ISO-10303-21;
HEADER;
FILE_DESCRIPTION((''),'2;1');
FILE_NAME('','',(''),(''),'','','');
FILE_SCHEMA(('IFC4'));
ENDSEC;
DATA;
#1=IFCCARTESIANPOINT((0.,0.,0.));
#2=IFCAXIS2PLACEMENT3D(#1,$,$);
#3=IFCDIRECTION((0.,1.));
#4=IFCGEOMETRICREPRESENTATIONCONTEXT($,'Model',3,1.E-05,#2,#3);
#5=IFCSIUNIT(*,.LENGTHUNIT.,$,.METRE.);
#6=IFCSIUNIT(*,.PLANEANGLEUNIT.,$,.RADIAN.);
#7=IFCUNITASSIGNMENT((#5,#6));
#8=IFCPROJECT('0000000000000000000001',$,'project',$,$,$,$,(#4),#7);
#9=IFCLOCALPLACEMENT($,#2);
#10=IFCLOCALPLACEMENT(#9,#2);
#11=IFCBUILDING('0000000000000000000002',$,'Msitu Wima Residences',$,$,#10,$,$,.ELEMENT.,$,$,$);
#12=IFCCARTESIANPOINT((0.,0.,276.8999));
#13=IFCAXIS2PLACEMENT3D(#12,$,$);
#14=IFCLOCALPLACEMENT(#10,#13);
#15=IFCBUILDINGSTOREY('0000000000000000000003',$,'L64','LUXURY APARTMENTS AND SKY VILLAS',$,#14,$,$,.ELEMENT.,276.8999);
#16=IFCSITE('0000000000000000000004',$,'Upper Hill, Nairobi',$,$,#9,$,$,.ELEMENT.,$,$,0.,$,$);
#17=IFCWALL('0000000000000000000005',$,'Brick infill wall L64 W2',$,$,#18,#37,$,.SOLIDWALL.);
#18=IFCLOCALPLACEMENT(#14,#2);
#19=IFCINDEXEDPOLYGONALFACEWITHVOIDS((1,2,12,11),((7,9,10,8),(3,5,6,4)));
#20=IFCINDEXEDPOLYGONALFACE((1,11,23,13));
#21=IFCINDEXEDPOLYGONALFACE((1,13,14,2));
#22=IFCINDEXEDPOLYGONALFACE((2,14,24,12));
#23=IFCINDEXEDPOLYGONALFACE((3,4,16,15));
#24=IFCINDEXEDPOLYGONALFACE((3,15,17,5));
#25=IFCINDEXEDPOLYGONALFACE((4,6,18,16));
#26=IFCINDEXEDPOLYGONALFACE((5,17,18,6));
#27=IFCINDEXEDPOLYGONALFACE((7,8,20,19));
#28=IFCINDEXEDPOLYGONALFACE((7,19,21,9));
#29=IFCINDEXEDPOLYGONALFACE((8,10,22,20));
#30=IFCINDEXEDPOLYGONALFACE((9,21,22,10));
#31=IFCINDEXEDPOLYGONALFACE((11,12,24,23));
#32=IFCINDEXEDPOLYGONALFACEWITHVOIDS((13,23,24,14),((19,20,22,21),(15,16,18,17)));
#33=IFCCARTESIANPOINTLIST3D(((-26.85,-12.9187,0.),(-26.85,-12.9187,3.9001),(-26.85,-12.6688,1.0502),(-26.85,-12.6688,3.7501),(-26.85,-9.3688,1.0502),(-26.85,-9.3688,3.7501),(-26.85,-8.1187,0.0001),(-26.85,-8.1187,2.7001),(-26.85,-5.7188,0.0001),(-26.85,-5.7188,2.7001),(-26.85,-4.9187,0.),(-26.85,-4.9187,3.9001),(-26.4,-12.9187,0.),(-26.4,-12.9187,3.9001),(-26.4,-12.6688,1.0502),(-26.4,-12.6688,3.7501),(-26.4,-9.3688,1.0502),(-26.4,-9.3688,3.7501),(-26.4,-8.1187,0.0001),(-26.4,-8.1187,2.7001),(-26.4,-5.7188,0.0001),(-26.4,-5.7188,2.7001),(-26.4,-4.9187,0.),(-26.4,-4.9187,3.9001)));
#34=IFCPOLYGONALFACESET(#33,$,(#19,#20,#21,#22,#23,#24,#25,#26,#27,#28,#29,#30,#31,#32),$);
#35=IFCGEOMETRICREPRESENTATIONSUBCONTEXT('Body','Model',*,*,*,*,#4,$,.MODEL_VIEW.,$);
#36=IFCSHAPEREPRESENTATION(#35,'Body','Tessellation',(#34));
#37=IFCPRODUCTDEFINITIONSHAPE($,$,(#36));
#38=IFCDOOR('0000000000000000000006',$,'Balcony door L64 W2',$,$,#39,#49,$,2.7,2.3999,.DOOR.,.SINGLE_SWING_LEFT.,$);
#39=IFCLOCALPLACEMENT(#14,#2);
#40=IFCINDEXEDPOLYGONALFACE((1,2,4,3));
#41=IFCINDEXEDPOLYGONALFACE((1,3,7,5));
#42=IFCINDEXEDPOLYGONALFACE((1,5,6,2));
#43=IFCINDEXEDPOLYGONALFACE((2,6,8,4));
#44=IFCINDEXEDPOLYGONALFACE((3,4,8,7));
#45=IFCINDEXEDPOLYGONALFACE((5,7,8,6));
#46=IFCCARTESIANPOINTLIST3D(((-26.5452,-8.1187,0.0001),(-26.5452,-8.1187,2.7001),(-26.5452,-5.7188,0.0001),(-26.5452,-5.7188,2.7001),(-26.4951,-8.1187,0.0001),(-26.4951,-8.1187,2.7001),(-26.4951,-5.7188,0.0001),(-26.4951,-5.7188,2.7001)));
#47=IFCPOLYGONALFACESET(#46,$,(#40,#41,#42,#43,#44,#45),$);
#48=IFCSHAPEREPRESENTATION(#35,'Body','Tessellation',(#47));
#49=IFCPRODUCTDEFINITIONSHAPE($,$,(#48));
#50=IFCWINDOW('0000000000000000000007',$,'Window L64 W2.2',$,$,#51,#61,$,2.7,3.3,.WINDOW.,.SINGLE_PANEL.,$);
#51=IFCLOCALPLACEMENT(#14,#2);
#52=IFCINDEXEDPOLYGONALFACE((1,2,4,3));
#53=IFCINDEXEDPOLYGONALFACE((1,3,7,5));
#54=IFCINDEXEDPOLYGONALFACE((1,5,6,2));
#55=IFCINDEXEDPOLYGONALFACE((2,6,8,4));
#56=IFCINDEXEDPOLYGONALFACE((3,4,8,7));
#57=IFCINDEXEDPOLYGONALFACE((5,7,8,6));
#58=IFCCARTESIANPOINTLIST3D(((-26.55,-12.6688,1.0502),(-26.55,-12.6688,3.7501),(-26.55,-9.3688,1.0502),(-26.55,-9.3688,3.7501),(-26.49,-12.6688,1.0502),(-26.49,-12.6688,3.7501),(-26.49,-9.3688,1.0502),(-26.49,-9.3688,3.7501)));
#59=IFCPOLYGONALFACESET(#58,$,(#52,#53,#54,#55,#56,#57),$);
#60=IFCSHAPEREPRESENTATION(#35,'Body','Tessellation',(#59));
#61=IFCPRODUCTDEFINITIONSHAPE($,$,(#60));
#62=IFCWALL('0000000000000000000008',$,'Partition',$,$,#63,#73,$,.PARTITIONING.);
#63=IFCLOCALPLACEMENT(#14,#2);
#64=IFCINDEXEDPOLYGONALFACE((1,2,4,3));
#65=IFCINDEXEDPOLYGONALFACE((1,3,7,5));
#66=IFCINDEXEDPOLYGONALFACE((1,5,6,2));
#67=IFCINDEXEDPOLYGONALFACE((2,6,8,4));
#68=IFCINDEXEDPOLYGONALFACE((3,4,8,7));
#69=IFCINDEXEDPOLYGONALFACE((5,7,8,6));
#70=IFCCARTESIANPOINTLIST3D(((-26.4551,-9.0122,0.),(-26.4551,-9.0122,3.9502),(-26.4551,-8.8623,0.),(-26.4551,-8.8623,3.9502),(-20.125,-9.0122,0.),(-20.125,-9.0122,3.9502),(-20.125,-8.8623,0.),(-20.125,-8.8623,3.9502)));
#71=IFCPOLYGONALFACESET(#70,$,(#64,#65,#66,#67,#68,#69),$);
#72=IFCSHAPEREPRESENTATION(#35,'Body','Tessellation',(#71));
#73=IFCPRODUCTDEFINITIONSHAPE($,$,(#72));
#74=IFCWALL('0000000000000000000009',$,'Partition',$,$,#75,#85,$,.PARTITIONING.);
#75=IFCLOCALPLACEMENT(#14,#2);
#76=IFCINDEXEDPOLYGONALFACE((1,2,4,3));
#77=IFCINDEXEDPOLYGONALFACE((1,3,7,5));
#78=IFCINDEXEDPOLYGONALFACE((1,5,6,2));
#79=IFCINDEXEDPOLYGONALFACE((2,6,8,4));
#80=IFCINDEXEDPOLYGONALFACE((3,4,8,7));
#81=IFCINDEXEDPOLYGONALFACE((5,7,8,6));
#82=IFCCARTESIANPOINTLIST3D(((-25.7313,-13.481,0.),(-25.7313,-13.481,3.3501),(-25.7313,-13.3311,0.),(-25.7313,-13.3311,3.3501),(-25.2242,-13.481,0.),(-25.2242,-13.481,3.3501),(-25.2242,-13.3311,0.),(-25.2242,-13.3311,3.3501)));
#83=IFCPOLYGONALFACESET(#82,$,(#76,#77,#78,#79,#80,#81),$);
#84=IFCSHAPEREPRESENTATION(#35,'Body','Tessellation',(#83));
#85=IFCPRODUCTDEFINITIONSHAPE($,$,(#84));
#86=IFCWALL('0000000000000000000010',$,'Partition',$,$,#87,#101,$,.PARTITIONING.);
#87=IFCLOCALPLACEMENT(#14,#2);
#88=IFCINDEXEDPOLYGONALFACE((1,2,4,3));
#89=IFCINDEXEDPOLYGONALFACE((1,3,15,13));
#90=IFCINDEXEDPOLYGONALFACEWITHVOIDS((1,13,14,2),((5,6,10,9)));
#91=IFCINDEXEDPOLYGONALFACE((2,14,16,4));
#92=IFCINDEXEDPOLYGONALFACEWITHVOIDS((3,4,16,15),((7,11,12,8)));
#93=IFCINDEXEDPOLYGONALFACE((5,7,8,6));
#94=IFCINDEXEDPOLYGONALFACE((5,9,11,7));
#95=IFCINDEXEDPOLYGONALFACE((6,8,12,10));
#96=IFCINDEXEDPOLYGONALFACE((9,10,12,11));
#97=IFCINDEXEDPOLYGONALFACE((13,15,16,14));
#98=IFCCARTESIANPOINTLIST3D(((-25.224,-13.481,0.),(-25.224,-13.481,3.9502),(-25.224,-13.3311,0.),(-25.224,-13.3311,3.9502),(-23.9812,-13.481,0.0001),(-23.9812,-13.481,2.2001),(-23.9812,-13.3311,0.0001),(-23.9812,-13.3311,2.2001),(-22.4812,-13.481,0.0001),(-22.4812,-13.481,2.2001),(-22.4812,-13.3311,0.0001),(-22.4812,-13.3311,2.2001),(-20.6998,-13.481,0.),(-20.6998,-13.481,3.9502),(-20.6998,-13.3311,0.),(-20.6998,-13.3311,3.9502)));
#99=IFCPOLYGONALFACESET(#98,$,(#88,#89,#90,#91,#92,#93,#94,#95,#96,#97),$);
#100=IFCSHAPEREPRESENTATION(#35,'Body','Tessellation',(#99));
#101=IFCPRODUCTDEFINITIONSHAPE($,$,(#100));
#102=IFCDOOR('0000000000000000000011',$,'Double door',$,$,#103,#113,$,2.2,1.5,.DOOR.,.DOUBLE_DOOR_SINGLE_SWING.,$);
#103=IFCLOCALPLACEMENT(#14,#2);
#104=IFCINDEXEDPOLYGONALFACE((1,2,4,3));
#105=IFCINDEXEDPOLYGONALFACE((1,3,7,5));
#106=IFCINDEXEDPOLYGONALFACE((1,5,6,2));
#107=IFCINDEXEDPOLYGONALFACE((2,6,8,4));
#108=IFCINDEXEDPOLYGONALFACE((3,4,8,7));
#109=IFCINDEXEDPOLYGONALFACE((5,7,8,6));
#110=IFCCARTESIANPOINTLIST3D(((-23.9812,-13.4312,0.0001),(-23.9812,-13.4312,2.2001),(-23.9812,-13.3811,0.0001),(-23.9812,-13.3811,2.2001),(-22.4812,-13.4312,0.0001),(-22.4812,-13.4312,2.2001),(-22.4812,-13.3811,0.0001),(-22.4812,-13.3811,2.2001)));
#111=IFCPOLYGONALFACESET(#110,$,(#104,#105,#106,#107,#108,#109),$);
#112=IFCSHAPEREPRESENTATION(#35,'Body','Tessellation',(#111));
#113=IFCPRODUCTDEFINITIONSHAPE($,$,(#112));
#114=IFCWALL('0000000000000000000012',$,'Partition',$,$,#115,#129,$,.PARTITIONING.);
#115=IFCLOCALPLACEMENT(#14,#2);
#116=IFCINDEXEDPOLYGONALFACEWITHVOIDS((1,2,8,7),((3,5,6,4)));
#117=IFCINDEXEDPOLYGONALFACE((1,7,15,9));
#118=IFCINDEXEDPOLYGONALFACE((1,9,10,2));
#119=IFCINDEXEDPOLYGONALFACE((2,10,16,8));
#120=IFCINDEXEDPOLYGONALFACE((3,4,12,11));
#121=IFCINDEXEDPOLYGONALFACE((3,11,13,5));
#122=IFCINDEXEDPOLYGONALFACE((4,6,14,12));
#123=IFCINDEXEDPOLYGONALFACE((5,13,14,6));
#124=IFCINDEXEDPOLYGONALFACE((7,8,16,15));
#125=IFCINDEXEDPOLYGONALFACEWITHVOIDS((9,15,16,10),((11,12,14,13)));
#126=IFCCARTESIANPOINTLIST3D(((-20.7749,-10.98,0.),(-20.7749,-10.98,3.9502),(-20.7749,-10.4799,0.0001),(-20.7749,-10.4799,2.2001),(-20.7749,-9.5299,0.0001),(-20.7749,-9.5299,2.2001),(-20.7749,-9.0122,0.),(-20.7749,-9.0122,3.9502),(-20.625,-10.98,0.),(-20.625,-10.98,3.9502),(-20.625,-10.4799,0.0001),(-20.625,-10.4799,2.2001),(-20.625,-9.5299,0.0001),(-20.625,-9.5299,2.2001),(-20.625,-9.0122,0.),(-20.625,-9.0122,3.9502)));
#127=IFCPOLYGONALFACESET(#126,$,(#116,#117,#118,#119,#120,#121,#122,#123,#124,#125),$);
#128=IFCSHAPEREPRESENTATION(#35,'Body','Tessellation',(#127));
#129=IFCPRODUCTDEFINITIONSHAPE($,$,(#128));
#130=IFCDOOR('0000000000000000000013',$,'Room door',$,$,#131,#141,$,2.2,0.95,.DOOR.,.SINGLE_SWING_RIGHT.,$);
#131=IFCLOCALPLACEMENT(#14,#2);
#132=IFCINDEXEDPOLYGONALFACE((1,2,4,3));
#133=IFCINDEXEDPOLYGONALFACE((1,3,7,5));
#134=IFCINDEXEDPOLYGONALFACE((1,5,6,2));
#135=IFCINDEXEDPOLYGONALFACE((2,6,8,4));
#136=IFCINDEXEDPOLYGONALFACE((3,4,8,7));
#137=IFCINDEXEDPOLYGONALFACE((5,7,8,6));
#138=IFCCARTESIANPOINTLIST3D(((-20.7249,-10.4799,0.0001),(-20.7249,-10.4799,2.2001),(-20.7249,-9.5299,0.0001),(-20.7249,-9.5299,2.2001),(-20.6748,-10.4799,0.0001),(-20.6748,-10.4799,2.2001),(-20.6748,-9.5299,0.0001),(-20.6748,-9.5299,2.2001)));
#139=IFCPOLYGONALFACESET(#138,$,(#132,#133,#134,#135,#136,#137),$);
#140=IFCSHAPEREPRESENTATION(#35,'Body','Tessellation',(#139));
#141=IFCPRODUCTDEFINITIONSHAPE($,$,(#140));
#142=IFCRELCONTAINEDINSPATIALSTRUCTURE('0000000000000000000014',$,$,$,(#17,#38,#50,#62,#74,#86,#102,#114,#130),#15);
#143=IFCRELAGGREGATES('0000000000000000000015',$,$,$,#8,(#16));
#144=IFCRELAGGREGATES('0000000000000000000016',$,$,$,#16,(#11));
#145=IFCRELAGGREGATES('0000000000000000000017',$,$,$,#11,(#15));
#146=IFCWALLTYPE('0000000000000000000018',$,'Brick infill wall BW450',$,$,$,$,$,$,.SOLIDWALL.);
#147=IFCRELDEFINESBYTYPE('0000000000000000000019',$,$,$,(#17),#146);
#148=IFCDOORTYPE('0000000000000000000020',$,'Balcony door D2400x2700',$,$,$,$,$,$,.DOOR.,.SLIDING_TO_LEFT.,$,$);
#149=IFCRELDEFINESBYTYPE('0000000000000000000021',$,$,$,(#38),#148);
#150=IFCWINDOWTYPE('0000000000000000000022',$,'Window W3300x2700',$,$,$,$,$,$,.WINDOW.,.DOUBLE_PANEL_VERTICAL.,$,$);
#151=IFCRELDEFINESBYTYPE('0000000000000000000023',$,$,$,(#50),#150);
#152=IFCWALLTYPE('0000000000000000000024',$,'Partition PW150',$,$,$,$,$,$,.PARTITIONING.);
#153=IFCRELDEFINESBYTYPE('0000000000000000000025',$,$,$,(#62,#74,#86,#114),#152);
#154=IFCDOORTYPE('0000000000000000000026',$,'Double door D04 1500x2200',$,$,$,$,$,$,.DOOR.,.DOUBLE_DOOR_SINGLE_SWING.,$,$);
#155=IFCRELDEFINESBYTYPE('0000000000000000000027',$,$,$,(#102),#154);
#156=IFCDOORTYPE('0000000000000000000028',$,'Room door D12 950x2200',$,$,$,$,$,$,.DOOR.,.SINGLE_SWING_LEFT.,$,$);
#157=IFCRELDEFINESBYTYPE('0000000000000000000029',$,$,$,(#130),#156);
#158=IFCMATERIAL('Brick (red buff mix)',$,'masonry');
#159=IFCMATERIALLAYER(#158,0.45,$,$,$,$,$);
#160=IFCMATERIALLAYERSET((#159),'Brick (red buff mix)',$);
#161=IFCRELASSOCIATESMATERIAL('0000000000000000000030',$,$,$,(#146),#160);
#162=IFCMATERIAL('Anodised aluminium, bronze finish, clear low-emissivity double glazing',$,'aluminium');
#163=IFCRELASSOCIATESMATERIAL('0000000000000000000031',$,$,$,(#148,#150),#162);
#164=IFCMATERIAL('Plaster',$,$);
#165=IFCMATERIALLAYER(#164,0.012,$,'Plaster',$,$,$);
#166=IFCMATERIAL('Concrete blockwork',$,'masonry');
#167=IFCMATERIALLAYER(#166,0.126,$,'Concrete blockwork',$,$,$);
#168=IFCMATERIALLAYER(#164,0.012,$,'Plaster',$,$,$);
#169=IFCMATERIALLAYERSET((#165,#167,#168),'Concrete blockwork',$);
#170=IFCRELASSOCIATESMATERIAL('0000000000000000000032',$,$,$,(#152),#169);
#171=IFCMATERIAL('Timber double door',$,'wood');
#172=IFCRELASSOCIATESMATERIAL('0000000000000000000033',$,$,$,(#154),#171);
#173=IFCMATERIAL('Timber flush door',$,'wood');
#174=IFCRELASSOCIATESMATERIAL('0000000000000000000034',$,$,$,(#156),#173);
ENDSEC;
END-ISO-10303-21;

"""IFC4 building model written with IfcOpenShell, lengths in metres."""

from ifc_helpers import new_model, si_unit, direction, frame, frame_2d, origin, place, context, subcontext, project, spatial, rectangle, extrude, material, layer, layer_set, type_object, element, fill, save


model = new_model("IFC4")

# Units and contexts
model_context = context("Model", 3, precision=1e-05, world=origin(), true_north=direction((0.0, 1.0)))
body_context = subcontext(model_context, "Body", "Model", "MODEL_VIEW")
ifc_project = project(units=[si_unit("LENGTHUNIT", "METRE"), si_unit("PLANEANGLEUNIT", "RADIAN")], contexts=[model_context])

# Site, building, storey
site_placement = place(None, origin())
site = spatial("IfcSite", under=ifc_project, at=site_placement, Name="Upper Hill, Nairobi", CompositionType="ELEMENT", RefElevation=0.0)
building_placement = place(site_placement, origin())
building = spatial("IfcBuilding", under=site, at=building_placement, Name="Msitu Wima Residences", CompositionType="ELEMENT")
storey_placement = place(building_placement, frame((0.0, 0.0, 276.8999)))
storey = spatial("IfcBuildingStorey", under=building, at=storey_placement, Name="L64", Description="LUXURY APARTMENTS AND SKY VILLAS", CompositionType="ELEMENT", Elevation=276.8999)

# Wall, openings, door, window
ifc_material_1 = material(Name="Brick (red buff mix)", Category="masonry")
ifc_layer_1 = layer(ifc_material_1, 0.45)
ifc_layer_set_1 = layer_set([ifc_layer_1], Name="Brick (red buff mix)")
wall_type_1 = type_object("IfcWallType", Name="Brick infill wall BW450", PredefinedType="SOLIDWALL", material=ifc_layer_set_1)
wall_1_placement = place(storey_placement, frame((-26.625, -4.9187, 0.0), z_axis=(0.0, 0.0, 1.0), x_axis=(0.0, -1.0, 0.0)))
wall_1 = element("IfcWall", 1, at=wall_1_placement, inside=storey, type_object=wall_type_1, Name="Brick infill wall L64 W2", PredefinedType="SOLIDWALL", context=body_context, shape_type="SweptSolid", body=[
    extrude(rectangle(XDim=8.0, YDim=0.45, at=frame_2d((4.0, 0.0))), origin(), (0.0, 0.0, 1.0), 3.9001),
])
opening_1_placement = place(wall_1_placement, frame((0.8, 0.0, 0.0)))
opening_1 = element("IfcOpeningElement", 2, at=opening_1_placement, cuts=wall_1, PredefinedType="OPENING", context=body_context, shape_type="SweptSolid", body=[
    extrude(rectangle(XDim=2.3999, YDim=2.7, at=frame_2d((1.2, 1.3501))), frame((0.0, 0.2349, 0.0), z_axis=(0.0, -1.0, 0.0), x_axis=(1.0, 0.0, 0.0)), (0.0, 0.0, 1.0), 0.47),
])
opening_2_placement = place(wall_1_placement, frame((4.4502, 0.0, 1.05)))
opening_2 = element("IfcOpeningElement", 3, at=opening_2_placement, cuts=wall_1, PredefinedType="OPENING", context=body_context, shape_type="SweptSolid", body=[
    extrude(rectangle(XDim=3.3, YDim=2.7, at=frame_2d((1.6499, 1.3501))), frame((0.0, 0.2349, 0.0), z_axis=(0.0, -1.0, 0.0), x_axis=(1.0, 0.0, 0.0)), (0.0, 0.0, 1.0), 0.47),
])
ifc_material_2 = material(Name="Anodised aluminium, bronze finish, clear low-emissivity double glazing", Category="aluminium")
door_type_1 = type_object("IfcDoorType", Name="Balcony door D2400x2700", OperationType="SLIDING_TO_LEFT", PredefinedType="DOOR", material=ifc_material_2)
door_1_placement = place(opening_1_placement, origin())
door_1 = element("IfcDoor", 4, at=door_1_placement, inside=storey, type_object=door_type_1, Name="Balcony door L64 W2", OperationType="SINGLE_SWING_LEFT", OverallHeight=2.7, OverallWidth=2.3999, PredefinedType="DOOR", context=body_context, shape_type="SweptSolid", body=[
    extrude(rectangle(XDim=2.3999, YDim=2.7, at=frame_2d((1.2, 1.3501))), frame((0.0, 0.1299, 0.0), z_axis=(0.0, -1.0, 0.0), x_axis=(1.0, 0.0, 0.0)), (0.0, 0.0, 1.0), 0.05),
])
fill(opening_1, door_1)
window_type = type_object("IfcWindowType", Name="Window W3300x2700", PartitioningType="DOUBLE_PANEL_VERTICAL", PredefinedType="WINDOW", material=ifc_material_2)
window_placement = place(opening_2_placement, origin())
window = element("IfcWindow", 5, at=window_placement, inside=storey, type_object=window_type, Name="Window L64 W2.2", OverallHeight=2.7, OverallWidth=3.3, PartitioningType="SINGLE_PANEL", PredefinedType="WINDOW", context=body_context, shape_type="SweptSolid", body=[
    extrude(rectangle(XDim=3.3, YDim=2.7, at=frame_2d((1.6499, 1.3501))), frame((0.0, 0.135, 0.0), z_axis=(0.0, -1.0, 0.0), x_axis=(1.0, 0.0, 0.0)), (0.0, 0.0, 1.0), 0.0601),
])
fill(opening_2, window)

# Walls
ifc_material_3 = material(Name="Plaster")
ifc_layer_2 = layer(ifc_material_3, 0.012, Name="Plaster")
ifc_material_4 = material(Name="Concrete blockwork", Category="masonry")
ifc_layer_3 = layer(ifc_material_4, 0.126, Name="Concrete blockwork")
ifc_layer_4 = layer(ifc_material_3, 0.012, Name="Plaster")
ifc_layer_set_2 = layer_set([ifc_layer_2, ifc_layer_3, ifc_layer_4], Name="Concrete blockwork")
wall_type_2 = type_object("IfcWallType", Name="Partition PW150", PredefinedType="PARTITIONING", material=ifc_layer_set_2)
wall_2_placement = place(storey_placement, frame((-26.4551, -8.9373, 0.0), z_axis=(0.0, 0.0, 1.0), x_axis=(1.0, 0.0, 0.0)))
element("IfcWall", 6, at=wall_2_placement, inside=storey, type_object=wall_type_2, Name="Partition", PredefinedType="PARTITIONING", context=body_context, shape_type="SweptSolid", body=[
    extrude(rectangle(XDim=6.3301, YDim=0.1499, at=frame_2d((3.165, 0.0))), origin(), (0.0, 0.0, 1.0), 3.9502),
])
wall_3_placement = place(storey_placement, frame((-25.7312, -13.406, 0.0), z_axis=(0.0, 0.0, 1.0), x_axis=(1.0, 0.0, 0.0)))
element("IfcWall", 7, at=wall_3_placement, inside=storey, type_object=wall_type_2, Name="Partition", PredefinedType="PARTITIONING", context=body_context, shape_type="SweptSolid", body=[
    extrude(rectangle(XDim=0.5071, YDim=0.1499, at=frame_2d((0.2534, 0.0))), origin(), (0.0, 0.0, 1.0), 3.3501),
])

# Walls, openings, doors
wall_4_placement = place(storey_placement, frame((-25.2241, -13.406, 0.0), z_axis=(0.0, 0.0, 1.0), x_axis=(1.0, 0.0, 0.0)))
wall_4 = element("IfcWall", 8, at=wall_4_placement, inside=storey, type_object=wall_type_2, Name="Partition", PredefinedType="PARTITIONING", context=body_context, shape_type="SweptSolid", body=[
    extrude(rectangle(XDim=4.5242, YDim=0.1499, at=frame_2d((2.2622, 0.0))), origin(), (0.0, 0.0, 1.0), 3.9502),
])
opening_3_placement = place(wall_4_placement, frame((1.2429, 0.0, 0.0)))
opening_3 = element("IfcOpeningElement", 9, at=opening_3_placement, cuts=wall_4, PredefinedType="OPENING", context=body_context, shape_type="SweptSolid", body=[
    extrude(rectangle(XDim=1.5, YDim=2.2, at=frame_2d((0.75, 1.1001))), frame((0.0, 0.085, 0.0), z_axis=(0.0, -1.0, 0.0), x_axis=(1.0, 0.0, 0.0)), (0.0, 0.0, 1.0), 0.1699),
])
ifc_material_5 = material(Name="Timber double door", Category="wood")
door_type_2 = type_object("IfcDoorType", Name="Double door D04 1500x2200", OperationType="DOUBLE_DOOR_SINGLE_SWING", PredefinedType="DOOR", material=ifc_material_5)
door_2_placement = place(opening_3_placement, origin())
door_2 = element("IfcDoor", 10, at=door_2_placement, inside=storey, type_object=door_type_2, Name="Double door", OperationType="DOUBLE_DOOR_SINGLE_SWING", OverallHeight=2.2, OverallWidth=1.5, PredefinedType="DOOR", context=body_context, shape_type="SweptSolid", body=[
    extrude(rectangle(XDim=1.5, YDim=2.2, at=frame_2d((0.75, 1.1001))), frame((0.0, 0.0249, 0.0), z_axis=(0.0, -1.0, 0.0), x_axis=(1.0, 0.0, 0.0)), (0.0, 0.0, 1.0), 0.05),
])
fill(opening_3, door_2)
wall_5_placement = place(storey_placement, frame((-20.7, -10.98, 0.0), z_axis=(0.0, 0.0, 1.0), x_axis=(0.0, 1.0, 0.0)))
wall_5 = element("IfcWall", 11, at=wall_5_placement, inside=storey, type_object=wall_type_2, Name="Partition", PredefinedType="PARTITIONING", context=body_context, shape_type="SweptSolid", body=[
    extrude(rectangle(XDim=1.9678, YDim=0.1499, at=frame_2d((0.9839, 0.0))), origin(), (0.0, 0.0, 1.0), 3.9502),
])
opening_4_placement = place(wall_5_placement, frame((0.5, 0.0, 0.0)))
opening_4 = element("IfcOpeningElement", 12, at=opening_4_placement, cuts=wall_5, PredefinedType="OPENING", context=body_context, shape_type="SweptSolid", body=[
    extrude(rectangle(XDim=0.95, YDim=2.2, at=frame_2d((0.4751, 1.1001))), frame((0.0, 0.085, 0.0), z_axis=(0.0, -1.0, 0.0), x_axis=(1.0, 0.0, 0.0)), (0.0, 0.0, 1.0), 0.1699),
])
ifc_material_6 = material(Name="Timber flush door", Category="wood")
door_type_3 = type_object("IfcDoorType", Name="Room door D12 950x2200", OperationType="SINGLE_SWING_LEFT", PredefinedType="DOOR", material=ifc_material_6)
door_3_placement = place(opening_4_placement, origin())
door_3 = element("IfcDoor", 13, at=door_3_placement, inside=storey, type_object=door_type_3, Name="Room door", OperationType="SINGLE_SWING_RIGHT", OverallHeight=2.2, OverallWidth=0.95, PredefinedType="DOOR", context=body_context, shape_type="SweptSolid", body=[
    extrude(rectangle(XDim=0.95, YDim=2.2, at=frame_2d((0.4751, 1.1001))), frame((0.0, 0.0249, 0.0), z_axis=(0.0, -1.0, 0.0), x_axis=(1.0, 0.0, 0.0)), (0.0, 0.0, 1.0), 0.05),
])
fill(opening_4, door_3)

save(model, "model.ifc")
